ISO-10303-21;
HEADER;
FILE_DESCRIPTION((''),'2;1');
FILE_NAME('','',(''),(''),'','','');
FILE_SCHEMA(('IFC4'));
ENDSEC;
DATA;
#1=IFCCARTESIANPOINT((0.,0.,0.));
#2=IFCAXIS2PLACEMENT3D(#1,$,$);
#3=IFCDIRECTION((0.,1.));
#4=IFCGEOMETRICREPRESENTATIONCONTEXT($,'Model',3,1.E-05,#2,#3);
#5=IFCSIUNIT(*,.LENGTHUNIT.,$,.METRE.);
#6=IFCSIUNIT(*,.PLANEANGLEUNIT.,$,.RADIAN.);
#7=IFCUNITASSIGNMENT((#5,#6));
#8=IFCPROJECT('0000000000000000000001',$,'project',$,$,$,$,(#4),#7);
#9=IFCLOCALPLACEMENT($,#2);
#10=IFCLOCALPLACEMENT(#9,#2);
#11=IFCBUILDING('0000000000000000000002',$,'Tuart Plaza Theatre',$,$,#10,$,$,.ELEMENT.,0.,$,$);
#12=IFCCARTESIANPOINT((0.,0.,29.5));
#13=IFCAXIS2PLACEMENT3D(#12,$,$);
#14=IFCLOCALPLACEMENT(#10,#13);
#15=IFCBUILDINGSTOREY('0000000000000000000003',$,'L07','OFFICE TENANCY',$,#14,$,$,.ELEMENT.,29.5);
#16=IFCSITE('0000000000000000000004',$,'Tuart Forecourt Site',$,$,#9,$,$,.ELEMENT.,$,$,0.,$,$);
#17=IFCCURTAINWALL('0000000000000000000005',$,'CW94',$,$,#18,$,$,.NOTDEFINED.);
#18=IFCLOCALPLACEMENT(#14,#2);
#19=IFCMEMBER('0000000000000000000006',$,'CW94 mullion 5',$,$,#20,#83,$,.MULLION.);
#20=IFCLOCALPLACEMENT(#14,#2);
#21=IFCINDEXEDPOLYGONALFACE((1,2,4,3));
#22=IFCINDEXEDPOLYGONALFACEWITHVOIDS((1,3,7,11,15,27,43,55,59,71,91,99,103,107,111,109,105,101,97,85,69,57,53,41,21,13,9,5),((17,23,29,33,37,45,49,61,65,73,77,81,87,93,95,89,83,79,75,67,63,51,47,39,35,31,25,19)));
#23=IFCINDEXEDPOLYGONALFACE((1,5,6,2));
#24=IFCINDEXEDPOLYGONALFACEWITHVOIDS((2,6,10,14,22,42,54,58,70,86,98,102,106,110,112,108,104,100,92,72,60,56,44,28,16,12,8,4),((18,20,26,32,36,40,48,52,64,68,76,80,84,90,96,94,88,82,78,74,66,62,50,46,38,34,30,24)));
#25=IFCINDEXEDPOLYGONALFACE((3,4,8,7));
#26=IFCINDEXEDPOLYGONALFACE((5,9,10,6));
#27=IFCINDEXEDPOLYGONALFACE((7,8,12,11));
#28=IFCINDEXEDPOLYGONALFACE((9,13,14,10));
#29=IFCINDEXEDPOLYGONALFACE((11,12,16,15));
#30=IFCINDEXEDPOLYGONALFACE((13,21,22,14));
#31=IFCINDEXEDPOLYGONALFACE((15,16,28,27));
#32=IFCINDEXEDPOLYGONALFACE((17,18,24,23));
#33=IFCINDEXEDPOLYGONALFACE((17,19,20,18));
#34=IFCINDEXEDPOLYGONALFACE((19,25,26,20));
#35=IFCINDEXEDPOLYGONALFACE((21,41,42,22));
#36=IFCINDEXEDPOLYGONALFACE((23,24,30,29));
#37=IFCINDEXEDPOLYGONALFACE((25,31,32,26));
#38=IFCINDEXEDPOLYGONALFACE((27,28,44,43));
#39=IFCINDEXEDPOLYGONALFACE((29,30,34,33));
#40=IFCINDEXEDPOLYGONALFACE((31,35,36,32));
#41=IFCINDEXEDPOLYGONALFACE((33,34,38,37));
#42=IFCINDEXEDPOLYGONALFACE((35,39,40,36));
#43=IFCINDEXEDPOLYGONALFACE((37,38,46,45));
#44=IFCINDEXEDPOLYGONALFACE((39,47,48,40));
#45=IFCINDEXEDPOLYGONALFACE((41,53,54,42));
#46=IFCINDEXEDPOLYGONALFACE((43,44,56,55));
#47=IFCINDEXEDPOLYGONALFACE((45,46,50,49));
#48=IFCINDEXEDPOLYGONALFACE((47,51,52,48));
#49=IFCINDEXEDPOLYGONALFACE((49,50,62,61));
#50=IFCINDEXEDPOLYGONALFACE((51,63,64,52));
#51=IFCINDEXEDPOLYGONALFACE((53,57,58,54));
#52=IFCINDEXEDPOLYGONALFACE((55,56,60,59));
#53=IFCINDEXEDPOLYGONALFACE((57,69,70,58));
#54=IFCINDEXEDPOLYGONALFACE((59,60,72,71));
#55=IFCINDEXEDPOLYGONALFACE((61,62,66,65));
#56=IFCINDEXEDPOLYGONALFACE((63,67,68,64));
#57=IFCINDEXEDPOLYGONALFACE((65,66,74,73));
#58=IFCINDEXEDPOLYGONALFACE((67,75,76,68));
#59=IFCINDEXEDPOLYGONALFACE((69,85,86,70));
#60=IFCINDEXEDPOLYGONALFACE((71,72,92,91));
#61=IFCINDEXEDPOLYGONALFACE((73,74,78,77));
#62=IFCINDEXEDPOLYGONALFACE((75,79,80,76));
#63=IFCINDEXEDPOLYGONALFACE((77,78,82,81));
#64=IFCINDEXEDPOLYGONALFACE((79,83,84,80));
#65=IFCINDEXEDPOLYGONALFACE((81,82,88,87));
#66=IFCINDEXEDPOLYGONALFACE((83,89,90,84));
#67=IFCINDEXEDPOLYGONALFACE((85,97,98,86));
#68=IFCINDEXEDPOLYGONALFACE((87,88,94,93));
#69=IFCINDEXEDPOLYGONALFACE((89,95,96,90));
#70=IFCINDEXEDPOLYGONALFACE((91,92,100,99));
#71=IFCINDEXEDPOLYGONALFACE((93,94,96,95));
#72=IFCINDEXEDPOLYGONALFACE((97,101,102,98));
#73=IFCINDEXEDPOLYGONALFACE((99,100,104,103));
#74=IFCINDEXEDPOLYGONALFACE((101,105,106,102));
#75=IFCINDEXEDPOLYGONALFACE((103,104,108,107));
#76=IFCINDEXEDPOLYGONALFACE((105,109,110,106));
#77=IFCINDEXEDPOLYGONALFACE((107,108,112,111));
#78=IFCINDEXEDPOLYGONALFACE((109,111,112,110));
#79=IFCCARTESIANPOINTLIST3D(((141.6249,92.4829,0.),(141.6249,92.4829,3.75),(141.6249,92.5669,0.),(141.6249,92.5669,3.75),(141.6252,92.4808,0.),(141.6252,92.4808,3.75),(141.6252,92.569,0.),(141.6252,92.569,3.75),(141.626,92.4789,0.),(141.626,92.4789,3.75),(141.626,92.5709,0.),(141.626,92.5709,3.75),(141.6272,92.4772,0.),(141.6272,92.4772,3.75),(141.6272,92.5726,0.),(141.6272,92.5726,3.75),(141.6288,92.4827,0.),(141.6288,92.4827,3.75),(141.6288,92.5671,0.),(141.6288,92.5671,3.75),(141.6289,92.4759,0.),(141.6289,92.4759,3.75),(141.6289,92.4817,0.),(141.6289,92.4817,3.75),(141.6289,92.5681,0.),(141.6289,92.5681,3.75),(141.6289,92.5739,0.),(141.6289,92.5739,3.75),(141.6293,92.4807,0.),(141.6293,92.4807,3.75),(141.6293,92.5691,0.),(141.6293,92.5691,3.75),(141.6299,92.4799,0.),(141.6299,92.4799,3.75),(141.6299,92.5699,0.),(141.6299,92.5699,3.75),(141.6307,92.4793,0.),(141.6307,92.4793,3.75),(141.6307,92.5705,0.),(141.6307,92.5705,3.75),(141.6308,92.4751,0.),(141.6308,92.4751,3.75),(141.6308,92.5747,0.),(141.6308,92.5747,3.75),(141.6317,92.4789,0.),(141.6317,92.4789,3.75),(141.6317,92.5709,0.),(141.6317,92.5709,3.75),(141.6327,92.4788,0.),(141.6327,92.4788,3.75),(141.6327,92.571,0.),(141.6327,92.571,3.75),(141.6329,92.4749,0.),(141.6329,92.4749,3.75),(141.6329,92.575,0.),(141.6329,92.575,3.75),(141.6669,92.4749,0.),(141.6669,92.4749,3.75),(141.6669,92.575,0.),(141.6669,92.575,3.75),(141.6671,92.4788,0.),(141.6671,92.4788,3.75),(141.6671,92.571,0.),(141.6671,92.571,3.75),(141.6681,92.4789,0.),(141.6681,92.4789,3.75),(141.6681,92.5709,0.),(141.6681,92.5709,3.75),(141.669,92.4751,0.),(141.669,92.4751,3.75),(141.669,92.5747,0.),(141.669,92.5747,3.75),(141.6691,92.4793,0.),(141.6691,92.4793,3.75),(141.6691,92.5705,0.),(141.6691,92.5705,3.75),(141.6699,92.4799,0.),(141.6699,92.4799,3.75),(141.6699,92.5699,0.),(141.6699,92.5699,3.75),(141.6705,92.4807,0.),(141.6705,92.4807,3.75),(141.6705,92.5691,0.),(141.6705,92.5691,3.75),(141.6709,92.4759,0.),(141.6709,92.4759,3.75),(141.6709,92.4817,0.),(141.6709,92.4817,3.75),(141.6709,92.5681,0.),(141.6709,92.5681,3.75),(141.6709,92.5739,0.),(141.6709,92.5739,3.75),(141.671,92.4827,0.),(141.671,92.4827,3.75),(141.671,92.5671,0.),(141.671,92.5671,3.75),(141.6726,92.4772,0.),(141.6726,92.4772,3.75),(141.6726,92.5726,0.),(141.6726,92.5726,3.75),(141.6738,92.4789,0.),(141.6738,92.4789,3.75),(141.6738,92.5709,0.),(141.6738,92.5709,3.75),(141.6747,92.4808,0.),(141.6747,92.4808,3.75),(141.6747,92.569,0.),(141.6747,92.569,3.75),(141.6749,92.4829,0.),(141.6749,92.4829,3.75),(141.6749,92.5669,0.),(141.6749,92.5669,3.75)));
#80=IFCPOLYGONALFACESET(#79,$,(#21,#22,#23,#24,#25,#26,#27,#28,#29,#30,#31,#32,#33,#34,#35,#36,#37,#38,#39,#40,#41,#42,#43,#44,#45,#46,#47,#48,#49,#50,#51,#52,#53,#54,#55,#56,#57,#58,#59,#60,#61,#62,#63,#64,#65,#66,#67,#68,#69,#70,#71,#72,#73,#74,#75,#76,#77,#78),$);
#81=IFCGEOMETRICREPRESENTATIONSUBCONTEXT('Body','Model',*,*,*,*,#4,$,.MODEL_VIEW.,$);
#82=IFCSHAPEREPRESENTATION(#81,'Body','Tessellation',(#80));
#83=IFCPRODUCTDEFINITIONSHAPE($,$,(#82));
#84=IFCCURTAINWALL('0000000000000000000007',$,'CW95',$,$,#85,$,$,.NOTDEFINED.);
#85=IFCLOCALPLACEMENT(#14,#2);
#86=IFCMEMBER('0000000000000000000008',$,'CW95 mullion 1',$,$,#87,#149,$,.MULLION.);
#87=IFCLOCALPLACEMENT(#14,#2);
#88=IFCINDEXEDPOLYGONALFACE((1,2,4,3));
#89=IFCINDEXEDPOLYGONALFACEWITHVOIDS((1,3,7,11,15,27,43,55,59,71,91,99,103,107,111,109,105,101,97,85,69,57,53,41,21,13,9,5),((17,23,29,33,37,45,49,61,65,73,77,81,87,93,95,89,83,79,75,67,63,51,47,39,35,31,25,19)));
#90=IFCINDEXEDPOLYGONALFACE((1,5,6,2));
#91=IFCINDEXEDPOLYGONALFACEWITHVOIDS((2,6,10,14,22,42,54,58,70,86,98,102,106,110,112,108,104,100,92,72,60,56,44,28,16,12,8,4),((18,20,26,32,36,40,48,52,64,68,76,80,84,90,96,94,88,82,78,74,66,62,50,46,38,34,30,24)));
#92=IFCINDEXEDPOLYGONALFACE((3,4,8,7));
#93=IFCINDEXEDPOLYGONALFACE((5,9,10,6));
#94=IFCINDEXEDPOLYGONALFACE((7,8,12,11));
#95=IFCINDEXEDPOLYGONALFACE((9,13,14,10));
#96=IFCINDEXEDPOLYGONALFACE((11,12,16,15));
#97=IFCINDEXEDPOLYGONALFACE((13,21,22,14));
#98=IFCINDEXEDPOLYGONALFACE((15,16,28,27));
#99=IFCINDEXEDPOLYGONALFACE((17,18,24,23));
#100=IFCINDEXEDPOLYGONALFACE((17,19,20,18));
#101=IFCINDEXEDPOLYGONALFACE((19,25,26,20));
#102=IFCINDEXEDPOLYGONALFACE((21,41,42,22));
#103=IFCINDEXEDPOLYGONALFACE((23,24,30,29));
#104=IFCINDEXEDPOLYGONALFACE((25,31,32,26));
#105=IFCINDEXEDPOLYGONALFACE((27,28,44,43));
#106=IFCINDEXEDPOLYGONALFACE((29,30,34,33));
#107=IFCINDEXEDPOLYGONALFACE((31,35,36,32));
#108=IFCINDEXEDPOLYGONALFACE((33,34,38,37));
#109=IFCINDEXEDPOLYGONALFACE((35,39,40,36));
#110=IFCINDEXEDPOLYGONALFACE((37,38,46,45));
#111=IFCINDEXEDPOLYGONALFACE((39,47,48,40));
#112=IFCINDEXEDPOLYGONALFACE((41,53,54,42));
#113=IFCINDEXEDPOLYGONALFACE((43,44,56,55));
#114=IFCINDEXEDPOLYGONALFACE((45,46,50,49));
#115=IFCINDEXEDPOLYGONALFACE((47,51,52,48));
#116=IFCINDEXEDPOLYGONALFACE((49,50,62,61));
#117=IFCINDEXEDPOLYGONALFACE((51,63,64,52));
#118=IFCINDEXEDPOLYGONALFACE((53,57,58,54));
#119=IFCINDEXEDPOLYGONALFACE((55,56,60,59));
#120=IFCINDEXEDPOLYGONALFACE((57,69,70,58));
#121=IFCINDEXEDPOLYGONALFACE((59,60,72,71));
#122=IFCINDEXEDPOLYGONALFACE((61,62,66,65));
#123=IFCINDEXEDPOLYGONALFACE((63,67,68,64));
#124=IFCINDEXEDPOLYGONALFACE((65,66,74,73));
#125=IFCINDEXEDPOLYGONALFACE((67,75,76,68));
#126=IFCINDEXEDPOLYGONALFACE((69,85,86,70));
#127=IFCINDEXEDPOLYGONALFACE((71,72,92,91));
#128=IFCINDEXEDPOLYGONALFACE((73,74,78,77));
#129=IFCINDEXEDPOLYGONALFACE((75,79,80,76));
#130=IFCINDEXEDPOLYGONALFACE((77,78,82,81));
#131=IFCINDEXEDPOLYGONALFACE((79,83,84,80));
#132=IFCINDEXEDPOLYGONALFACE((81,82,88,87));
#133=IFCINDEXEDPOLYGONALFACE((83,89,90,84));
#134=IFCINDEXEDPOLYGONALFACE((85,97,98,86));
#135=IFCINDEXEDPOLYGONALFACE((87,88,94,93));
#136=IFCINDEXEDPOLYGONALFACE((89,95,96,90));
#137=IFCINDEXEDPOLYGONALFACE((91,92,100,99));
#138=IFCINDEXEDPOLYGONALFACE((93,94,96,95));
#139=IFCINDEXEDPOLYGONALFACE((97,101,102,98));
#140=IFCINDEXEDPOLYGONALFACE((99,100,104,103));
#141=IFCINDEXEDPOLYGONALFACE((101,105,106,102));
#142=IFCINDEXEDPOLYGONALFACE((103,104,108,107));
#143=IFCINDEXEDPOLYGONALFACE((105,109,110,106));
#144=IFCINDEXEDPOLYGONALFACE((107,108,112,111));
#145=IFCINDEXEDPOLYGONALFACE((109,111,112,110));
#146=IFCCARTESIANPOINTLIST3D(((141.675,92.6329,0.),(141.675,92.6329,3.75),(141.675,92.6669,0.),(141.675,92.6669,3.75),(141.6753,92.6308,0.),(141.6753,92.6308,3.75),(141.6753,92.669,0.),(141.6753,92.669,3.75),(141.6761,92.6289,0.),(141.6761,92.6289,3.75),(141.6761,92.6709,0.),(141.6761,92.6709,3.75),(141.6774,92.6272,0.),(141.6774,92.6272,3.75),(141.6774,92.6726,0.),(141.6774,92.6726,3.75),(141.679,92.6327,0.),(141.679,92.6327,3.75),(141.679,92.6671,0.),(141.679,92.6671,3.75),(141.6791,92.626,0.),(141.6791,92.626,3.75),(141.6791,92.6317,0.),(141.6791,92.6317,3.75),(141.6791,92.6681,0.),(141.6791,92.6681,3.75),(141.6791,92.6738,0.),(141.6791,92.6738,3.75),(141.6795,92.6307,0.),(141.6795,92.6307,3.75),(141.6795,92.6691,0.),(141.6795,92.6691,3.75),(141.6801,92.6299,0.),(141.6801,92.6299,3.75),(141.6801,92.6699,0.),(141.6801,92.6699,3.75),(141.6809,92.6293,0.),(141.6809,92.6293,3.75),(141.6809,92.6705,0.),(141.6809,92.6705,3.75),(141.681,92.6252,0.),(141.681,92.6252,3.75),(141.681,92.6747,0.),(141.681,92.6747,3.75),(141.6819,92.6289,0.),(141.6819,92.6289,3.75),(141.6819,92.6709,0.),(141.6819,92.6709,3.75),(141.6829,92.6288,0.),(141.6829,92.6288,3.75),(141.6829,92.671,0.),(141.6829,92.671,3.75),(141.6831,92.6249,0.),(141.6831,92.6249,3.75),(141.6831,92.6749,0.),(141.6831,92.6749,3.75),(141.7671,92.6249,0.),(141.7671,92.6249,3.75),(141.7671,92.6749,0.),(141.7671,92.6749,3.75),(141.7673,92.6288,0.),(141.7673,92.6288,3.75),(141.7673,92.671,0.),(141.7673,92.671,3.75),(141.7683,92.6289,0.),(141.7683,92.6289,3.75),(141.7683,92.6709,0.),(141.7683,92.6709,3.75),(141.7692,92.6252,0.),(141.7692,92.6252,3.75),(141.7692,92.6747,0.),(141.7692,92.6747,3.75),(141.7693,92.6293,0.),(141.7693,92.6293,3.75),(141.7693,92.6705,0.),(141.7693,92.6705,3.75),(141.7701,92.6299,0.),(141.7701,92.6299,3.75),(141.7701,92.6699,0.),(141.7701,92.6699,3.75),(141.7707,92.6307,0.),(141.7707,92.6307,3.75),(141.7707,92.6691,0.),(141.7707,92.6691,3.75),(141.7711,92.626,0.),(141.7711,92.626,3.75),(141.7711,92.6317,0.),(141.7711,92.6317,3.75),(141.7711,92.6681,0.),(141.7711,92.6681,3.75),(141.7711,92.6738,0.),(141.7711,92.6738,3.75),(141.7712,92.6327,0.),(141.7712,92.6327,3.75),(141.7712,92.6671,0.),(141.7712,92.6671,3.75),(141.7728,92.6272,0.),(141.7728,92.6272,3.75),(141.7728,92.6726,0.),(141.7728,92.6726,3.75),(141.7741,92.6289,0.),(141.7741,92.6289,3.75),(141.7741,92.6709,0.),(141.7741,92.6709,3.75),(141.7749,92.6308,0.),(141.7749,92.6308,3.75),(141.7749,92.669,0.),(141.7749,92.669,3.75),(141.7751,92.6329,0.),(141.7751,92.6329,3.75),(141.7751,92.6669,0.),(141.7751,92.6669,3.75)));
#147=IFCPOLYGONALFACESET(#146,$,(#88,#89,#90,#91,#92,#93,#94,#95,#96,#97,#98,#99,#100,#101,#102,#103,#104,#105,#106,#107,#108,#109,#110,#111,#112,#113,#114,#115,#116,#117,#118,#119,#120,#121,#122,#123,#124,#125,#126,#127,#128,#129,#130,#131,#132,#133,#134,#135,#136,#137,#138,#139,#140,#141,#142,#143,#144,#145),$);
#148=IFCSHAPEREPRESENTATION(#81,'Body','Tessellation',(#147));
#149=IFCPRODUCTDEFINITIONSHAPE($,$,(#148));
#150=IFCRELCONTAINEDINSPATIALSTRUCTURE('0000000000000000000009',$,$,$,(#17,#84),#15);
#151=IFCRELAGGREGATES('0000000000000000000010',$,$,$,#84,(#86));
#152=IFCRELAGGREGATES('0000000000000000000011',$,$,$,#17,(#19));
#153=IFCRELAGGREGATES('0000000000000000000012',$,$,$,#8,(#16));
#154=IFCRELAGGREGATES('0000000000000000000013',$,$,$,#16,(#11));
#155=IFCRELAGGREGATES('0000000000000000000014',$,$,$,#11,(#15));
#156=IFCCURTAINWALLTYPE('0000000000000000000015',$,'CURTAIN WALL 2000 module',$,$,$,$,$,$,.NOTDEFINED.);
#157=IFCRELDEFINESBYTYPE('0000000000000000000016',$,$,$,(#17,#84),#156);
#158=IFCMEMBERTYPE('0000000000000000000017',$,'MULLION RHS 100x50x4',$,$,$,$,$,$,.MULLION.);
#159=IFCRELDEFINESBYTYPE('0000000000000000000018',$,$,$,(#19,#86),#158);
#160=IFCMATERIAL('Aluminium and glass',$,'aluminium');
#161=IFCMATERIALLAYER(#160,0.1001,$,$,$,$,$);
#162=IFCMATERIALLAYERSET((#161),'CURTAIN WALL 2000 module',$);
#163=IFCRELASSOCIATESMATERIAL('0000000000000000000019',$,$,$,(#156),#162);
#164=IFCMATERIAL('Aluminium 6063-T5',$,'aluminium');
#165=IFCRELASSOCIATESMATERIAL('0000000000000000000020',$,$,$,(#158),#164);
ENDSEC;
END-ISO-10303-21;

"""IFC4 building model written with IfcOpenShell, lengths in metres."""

from ifc_helpers import new_model, si_unit, direction, frame, origin, origin_2d, place, context, subcontext, project, spatial, hollow_rectangle, extrude, material, layer, layer_set, material_profile, profile_set, type_object, element, aggregate, save


model = new_model("IFC4")

# Units and contexts
model_context = context("Model", 3, precision=1e-05, world=origin(), true_north=direction((0.0, 1.0)))
body_context = subcontext(model_context, "Body", "Model", "MODEL_VIEW")
ifc_project = project(units=[si_unit("LENGTHUNIT", "METRE"), si_unit("PLANEANGLEUNIT", "RADIAN")], contexts=[model_context])

# Site, building, storey
site_placement = place(None, origin())
site = spatial("IfcSite", under=ifc_project, at=site_placement, Name="Tuart Forecourt Site", CompositionType="ELEMENT", RefElevation=0.0)
building_placement = place(site_placement, origin())
building = spatial("IfcBuilding", under=site, at=building_placement, Name="Tuart Plaza Theatre", CompositionType="ELEMENT", ElevationOfRefHeight=0.0)
storey_placement = place(building_placement, frame((0.0, 0.0, 29.5)))
storey = spatial("IfcBuildingStorey", under=building, at=storey_placement, Name="L07", Description="OFFICE TENANCY", CompositionType="ELEMENT", Elevation=29.5)

# Shared definitions
ifc_material_1 = material(Name="Aluminium and glass", Category="aluminium")
ifc_layer_1 = layer(ifc_material_1, 0.1001)
ifc_layer_set_1 = layer_set([ifc_layer_1], Name="CURTAIN WALL 2000 module")
curtain_wall_type = type_object("IfcCurtainWallType", Name="CURTAIN WALL 2000 module", PredefinedType="NOTDEFINED", material=ifc_layer_set_1)
ifc_material_2 = material(Name="Aluminium 6063-T5", Category="aluminium")
ifc_material_profile_1 = material_profile(ifc_material_2, hollow_rectangle(XDim=0.05, YDim=0.1001, WallThickness=0.0039, InnerFilletRadius=0.0039, OuterFilletRadius=0.0081, at=origin_2d()), Name="RHS 100x50x4")
ifc_profile_set_1 = profile_set([ifc_material_profile_1], Name="Aluminium 6063-T5")
member_type_1 = type_object("IfcMemberType", Name="MULLION RHS 100x50x4", PredefinedType="MULLION", material=ifc_profile_set_1)

# Curtain walls, members
curtain_wall_1_placement = place(storey_placement, origin())
curtain_wall_1 = element("IfcCurtainWall", 1, at=curtain_wall_1_placement, inside=storey, type_object=curtain_wall_type, Name="CW94", PredefinedType="NOTDEFINED")
member_1_placement = place(storey_placement, frame((141.6499, 92.5249, 0.0), z_axis=(0.0, 0.0, 1.0), x_axis=(-1.0, 0.0, 0.0)))
member_1 = element("IfcMember", 2, at=member_1_placement, type_object=member_type_1, Name="CW94 mullion 5", PredefinedType="MULLION", context=body_context, shape_type="SweptSolid", body=[
    extrude(hollow_rectangle(XDim=0.05, YDim=0.1001, WallThickness=0.0039, InnerFilletRadius=0.0039, OuterFilletRadius=0.0081, at=origin_2d()), origin(), (0.0, 0.0, 1.0), 3.75),
])
curtain_wall_2_placement = place(storey_placement, origin())
curtain_wall_2 = element("IfcCurtainWall", 3, at=curtain_wall_2_placement, inside=storey, type_object=curtain_wall_type, Name="CW95", PredefinedType="NOTDEFINED")
member_2_placement = place(storey_placement, frame((141.7251, 92.6499, 0.0), z_axis=(0.0, 0.0, 1.0), x_axis=(0.0, -1.0, 0.0)))
member_2 = element("IfcMember", 4, at=member_2_placement, type_object=member_type_1, Name="CW95 mullion 1", PredefinedType="MULLION", context=body_context, shape_type="SweptSolid", body=[
    extrude(hollow_rectangle(XDim=0.05, YDim=0.1001, WallThickness=0.0039, InnerFilletRadius=0.0039, OuterFilletRadius=0.0081, at=origin_2d()), origin(), (0.0, 0.0, 1.0), 3.75),
])

aggregate(curtain_wall_2, [member_2])

aggregate(curtain_wall_1, [member_1])

save(model, "model.ifc")
